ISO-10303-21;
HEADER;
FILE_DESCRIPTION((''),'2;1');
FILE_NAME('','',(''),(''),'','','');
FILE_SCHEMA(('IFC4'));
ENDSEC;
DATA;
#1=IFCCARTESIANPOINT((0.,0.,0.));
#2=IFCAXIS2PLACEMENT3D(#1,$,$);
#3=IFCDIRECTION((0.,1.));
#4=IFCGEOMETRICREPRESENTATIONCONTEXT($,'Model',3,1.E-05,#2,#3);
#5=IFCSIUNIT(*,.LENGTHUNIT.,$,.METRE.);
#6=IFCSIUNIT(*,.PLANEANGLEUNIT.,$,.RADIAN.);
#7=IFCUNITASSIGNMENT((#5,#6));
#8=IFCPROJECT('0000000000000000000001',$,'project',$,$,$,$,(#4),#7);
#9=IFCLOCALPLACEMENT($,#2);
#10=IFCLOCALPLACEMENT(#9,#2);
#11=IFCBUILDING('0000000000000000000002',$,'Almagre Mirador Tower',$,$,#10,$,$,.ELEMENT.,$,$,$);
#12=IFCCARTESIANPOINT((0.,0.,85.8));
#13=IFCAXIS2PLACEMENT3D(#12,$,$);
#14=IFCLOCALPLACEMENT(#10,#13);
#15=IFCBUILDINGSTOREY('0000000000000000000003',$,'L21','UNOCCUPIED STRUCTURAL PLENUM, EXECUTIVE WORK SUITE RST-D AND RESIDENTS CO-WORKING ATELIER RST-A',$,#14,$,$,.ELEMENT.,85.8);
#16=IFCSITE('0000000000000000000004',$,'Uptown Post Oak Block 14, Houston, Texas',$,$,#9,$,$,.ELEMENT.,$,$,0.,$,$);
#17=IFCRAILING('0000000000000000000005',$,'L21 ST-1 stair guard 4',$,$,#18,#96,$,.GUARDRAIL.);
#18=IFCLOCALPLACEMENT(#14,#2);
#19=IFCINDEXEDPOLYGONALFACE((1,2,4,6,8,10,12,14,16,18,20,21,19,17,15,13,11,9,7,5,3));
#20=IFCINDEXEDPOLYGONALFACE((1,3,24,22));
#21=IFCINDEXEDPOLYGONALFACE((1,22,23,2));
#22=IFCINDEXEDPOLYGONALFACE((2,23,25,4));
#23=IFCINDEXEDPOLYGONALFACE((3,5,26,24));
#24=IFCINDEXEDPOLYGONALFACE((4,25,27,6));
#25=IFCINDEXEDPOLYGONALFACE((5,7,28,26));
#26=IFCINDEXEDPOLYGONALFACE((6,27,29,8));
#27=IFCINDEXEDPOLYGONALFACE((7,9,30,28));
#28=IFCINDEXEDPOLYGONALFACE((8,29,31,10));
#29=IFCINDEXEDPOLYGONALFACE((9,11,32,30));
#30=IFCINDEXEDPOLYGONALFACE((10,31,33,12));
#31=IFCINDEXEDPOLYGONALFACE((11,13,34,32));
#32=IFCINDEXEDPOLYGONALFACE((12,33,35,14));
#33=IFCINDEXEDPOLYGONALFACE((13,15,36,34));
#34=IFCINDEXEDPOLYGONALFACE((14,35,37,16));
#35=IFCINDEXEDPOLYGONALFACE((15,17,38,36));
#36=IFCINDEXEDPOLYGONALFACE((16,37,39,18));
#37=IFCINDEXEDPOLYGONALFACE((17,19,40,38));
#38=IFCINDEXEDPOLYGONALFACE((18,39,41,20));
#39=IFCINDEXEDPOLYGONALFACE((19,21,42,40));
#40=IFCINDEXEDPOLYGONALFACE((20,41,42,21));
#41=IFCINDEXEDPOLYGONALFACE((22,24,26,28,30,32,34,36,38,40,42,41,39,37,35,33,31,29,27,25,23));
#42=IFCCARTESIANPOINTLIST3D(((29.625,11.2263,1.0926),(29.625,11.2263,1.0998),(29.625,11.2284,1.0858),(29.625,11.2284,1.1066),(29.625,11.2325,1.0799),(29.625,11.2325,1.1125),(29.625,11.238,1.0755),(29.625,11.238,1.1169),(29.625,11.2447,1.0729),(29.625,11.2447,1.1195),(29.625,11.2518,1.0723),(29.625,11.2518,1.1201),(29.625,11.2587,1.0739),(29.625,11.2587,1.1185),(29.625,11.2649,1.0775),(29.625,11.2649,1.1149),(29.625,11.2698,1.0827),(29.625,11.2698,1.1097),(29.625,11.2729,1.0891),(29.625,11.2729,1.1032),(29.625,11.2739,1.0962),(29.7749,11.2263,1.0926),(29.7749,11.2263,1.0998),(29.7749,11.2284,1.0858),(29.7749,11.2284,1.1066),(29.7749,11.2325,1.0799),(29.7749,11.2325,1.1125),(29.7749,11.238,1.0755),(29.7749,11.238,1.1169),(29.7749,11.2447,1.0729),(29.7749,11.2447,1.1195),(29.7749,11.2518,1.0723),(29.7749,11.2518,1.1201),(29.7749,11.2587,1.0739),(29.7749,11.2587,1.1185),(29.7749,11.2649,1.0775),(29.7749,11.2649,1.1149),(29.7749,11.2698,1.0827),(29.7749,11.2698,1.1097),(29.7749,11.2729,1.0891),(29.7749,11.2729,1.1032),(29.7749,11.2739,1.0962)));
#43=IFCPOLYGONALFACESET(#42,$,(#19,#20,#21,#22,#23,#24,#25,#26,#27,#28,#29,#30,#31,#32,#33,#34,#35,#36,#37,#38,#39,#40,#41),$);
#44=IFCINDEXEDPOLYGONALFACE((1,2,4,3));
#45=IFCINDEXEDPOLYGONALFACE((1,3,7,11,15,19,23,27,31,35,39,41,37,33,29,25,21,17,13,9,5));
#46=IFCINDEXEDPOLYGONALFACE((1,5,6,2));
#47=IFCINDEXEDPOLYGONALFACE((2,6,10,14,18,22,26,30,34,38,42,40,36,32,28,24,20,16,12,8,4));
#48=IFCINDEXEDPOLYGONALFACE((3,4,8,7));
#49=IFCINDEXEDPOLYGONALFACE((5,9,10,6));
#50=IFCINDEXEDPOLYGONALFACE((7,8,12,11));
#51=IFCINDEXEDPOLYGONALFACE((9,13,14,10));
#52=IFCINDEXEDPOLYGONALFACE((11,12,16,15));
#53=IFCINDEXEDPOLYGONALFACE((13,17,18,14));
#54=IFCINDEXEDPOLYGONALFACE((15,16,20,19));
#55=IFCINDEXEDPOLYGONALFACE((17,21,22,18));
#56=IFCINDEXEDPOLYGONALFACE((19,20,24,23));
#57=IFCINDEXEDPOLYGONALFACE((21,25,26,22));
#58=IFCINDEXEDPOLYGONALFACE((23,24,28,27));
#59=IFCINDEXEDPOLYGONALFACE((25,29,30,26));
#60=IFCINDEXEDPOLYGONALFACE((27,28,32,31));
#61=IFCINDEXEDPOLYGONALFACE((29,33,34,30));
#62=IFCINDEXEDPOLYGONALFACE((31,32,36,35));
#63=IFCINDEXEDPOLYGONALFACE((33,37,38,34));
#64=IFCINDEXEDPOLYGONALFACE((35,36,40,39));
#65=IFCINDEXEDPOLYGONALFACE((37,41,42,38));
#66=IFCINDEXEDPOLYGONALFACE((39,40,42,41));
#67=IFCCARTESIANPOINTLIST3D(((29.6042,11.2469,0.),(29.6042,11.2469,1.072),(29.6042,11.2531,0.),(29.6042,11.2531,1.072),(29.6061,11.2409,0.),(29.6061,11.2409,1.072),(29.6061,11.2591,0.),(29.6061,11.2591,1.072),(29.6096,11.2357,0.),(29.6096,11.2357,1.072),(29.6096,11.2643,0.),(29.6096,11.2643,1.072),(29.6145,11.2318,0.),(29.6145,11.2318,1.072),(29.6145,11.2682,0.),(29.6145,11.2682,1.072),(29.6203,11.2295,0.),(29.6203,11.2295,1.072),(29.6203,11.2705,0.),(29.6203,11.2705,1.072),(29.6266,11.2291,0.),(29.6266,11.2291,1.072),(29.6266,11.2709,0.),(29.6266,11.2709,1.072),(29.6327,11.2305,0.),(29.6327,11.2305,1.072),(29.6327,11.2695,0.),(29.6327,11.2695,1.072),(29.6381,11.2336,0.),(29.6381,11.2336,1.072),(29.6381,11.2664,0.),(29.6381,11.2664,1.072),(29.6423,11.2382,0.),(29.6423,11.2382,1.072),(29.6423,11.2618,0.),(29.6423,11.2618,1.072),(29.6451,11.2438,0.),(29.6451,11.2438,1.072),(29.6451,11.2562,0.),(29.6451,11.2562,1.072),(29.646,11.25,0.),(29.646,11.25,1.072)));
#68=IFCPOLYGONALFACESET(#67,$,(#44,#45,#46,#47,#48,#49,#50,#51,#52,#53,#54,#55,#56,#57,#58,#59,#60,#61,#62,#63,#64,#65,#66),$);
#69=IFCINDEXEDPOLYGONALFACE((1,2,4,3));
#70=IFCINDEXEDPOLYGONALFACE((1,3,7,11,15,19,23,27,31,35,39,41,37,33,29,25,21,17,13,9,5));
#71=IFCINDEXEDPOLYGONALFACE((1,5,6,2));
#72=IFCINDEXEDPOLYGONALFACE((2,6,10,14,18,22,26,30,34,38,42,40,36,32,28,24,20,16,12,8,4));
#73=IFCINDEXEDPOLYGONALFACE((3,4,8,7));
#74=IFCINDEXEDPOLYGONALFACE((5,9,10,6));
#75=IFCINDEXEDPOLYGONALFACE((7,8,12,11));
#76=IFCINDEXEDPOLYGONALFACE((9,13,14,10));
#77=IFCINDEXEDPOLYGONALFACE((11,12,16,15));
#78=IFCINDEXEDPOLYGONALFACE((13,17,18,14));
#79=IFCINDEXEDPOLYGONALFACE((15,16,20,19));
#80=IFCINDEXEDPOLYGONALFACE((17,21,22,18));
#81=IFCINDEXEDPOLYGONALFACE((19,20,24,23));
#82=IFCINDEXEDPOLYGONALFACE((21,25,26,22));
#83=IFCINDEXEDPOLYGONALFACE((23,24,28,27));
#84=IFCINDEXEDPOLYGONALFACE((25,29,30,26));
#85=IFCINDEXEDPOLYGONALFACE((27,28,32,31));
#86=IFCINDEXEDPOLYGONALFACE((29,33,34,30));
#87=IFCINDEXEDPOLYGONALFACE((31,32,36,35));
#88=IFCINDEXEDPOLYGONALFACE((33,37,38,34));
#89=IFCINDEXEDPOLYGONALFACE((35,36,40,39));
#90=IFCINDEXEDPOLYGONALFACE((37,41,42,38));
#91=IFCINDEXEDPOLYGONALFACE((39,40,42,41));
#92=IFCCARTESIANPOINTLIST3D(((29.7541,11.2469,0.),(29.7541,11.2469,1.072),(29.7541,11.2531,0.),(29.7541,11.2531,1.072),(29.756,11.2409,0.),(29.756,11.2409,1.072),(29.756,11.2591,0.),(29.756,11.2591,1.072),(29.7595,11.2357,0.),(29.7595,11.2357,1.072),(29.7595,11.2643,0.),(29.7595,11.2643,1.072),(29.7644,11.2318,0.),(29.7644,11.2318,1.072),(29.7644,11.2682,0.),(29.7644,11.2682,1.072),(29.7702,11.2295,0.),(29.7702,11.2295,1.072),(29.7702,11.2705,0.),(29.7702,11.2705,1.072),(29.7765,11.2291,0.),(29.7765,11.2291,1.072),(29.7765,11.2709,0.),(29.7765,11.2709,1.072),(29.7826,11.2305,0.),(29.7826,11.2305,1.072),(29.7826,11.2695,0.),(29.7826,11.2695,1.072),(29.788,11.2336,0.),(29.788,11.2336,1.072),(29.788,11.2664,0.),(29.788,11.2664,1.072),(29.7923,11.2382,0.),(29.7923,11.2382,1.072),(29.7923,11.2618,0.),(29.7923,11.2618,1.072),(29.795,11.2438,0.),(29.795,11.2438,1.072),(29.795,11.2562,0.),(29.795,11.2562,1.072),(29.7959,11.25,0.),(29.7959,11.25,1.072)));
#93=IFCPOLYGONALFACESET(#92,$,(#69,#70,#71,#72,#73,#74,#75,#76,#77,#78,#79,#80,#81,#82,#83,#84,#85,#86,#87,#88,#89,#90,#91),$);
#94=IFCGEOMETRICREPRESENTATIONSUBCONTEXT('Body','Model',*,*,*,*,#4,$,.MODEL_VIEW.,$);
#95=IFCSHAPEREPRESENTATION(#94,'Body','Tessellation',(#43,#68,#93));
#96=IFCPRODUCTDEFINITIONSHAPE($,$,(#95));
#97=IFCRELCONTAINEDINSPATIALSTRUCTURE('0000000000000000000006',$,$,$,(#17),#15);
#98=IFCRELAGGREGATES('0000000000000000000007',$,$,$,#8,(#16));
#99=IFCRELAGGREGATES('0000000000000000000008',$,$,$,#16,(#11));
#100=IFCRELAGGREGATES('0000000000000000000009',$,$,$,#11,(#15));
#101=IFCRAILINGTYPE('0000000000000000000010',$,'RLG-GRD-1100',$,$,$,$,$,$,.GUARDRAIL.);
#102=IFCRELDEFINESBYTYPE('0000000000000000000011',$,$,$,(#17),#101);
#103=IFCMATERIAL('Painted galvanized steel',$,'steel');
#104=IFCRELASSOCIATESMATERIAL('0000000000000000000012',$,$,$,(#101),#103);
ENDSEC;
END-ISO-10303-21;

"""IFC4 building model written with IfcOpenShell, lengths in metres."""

from ifc_helpers import new_model, si_unit, direction, frame, origin, origin_2d, place, context, subcontext, project, spatial, circle, extrude, material, type_object, element, save


model = new_model("IFC4")

# Units and contexts
model_context = context("Model", 3, precision=1e-05, world=origin(), true_north=direction((0.0, 1.0)))
body_context = subcontext(model_context, "Body", "Model", "MODEL_VIEW")
ifc_project = project(units=[si_unit("LENGTHUNIT", "METRE"), si_unit("PLANEANGLEUNIT", "RADIAN")], contexts=[model_context])

# Site, building, storey
site_placement = place(None, origin())
site = spatial("IfcSite", under=ifc_project, at=site_placement, Name="Uptown Post Oak Block 14, Houston, Texas", CompositionType="ELEMENT", RefElevation=0.0)
building_placement = place(site_placement, origin())
building = spatial("IfcBuilding", under=site, at=building_placement, Name="Almagre Mirador Tower", CompositionType="ELEMENT")
storey_placement = place(building_placement, frame((0.0, 0.0, 85.8)))
storey = spatial("IfcBuildingStorey", under=building, at=storey_placement, Name="L21", Description="UNOCCUPIED STRUCTURAL PLENUM, EXECUTIVE WORK SUITE RST-D AND RESIDENTS CO-WORKING ATELIER RST-A", CompositionType="ELEMENT", Elevation=85.8)

# Railing
ifc_material_1 = material(Name="Painted galvanized steel", Category="steel")
railing_type_1 = type_object("IfcRailingType", Name="RLG-GRD-1100", PredefinedType="GUARDRAIL", material=ifc_material_1)
railing_1_placement = place(storey_placement, frame((29.625, 11.25, 0.0)))
element("IfcRailing", 1, at=railing_1_placement, inside=storey, type_object=railing_type_1, Name="L21 ST-1 stair guard 4", PredefinedType="GUARDRAIL", context=body_context, shape_type="SweptSolid", body=[
    extrude(circle(Radius=0.0239, at=origin_2d()), frame((0.0, 0.0, 1.0962), z_axis=(1.0, 0.0, 0.0), x_axis=(0.0, 1.0, 0.0)), (0.0, 0.0, 1.0), 0.1499),
    extrude(circle(Radius=0.021, at=origin_2d()), origin(), (0.0, 0.0, 1.0), 1.072),
    extrude(circle(Radius=0.021, at=origin_2d()), frame((0.1499, 0.0, 0.0)), (0.0, 0.0, 1.0), 1.072),
])

save(model, "model.ifc")
